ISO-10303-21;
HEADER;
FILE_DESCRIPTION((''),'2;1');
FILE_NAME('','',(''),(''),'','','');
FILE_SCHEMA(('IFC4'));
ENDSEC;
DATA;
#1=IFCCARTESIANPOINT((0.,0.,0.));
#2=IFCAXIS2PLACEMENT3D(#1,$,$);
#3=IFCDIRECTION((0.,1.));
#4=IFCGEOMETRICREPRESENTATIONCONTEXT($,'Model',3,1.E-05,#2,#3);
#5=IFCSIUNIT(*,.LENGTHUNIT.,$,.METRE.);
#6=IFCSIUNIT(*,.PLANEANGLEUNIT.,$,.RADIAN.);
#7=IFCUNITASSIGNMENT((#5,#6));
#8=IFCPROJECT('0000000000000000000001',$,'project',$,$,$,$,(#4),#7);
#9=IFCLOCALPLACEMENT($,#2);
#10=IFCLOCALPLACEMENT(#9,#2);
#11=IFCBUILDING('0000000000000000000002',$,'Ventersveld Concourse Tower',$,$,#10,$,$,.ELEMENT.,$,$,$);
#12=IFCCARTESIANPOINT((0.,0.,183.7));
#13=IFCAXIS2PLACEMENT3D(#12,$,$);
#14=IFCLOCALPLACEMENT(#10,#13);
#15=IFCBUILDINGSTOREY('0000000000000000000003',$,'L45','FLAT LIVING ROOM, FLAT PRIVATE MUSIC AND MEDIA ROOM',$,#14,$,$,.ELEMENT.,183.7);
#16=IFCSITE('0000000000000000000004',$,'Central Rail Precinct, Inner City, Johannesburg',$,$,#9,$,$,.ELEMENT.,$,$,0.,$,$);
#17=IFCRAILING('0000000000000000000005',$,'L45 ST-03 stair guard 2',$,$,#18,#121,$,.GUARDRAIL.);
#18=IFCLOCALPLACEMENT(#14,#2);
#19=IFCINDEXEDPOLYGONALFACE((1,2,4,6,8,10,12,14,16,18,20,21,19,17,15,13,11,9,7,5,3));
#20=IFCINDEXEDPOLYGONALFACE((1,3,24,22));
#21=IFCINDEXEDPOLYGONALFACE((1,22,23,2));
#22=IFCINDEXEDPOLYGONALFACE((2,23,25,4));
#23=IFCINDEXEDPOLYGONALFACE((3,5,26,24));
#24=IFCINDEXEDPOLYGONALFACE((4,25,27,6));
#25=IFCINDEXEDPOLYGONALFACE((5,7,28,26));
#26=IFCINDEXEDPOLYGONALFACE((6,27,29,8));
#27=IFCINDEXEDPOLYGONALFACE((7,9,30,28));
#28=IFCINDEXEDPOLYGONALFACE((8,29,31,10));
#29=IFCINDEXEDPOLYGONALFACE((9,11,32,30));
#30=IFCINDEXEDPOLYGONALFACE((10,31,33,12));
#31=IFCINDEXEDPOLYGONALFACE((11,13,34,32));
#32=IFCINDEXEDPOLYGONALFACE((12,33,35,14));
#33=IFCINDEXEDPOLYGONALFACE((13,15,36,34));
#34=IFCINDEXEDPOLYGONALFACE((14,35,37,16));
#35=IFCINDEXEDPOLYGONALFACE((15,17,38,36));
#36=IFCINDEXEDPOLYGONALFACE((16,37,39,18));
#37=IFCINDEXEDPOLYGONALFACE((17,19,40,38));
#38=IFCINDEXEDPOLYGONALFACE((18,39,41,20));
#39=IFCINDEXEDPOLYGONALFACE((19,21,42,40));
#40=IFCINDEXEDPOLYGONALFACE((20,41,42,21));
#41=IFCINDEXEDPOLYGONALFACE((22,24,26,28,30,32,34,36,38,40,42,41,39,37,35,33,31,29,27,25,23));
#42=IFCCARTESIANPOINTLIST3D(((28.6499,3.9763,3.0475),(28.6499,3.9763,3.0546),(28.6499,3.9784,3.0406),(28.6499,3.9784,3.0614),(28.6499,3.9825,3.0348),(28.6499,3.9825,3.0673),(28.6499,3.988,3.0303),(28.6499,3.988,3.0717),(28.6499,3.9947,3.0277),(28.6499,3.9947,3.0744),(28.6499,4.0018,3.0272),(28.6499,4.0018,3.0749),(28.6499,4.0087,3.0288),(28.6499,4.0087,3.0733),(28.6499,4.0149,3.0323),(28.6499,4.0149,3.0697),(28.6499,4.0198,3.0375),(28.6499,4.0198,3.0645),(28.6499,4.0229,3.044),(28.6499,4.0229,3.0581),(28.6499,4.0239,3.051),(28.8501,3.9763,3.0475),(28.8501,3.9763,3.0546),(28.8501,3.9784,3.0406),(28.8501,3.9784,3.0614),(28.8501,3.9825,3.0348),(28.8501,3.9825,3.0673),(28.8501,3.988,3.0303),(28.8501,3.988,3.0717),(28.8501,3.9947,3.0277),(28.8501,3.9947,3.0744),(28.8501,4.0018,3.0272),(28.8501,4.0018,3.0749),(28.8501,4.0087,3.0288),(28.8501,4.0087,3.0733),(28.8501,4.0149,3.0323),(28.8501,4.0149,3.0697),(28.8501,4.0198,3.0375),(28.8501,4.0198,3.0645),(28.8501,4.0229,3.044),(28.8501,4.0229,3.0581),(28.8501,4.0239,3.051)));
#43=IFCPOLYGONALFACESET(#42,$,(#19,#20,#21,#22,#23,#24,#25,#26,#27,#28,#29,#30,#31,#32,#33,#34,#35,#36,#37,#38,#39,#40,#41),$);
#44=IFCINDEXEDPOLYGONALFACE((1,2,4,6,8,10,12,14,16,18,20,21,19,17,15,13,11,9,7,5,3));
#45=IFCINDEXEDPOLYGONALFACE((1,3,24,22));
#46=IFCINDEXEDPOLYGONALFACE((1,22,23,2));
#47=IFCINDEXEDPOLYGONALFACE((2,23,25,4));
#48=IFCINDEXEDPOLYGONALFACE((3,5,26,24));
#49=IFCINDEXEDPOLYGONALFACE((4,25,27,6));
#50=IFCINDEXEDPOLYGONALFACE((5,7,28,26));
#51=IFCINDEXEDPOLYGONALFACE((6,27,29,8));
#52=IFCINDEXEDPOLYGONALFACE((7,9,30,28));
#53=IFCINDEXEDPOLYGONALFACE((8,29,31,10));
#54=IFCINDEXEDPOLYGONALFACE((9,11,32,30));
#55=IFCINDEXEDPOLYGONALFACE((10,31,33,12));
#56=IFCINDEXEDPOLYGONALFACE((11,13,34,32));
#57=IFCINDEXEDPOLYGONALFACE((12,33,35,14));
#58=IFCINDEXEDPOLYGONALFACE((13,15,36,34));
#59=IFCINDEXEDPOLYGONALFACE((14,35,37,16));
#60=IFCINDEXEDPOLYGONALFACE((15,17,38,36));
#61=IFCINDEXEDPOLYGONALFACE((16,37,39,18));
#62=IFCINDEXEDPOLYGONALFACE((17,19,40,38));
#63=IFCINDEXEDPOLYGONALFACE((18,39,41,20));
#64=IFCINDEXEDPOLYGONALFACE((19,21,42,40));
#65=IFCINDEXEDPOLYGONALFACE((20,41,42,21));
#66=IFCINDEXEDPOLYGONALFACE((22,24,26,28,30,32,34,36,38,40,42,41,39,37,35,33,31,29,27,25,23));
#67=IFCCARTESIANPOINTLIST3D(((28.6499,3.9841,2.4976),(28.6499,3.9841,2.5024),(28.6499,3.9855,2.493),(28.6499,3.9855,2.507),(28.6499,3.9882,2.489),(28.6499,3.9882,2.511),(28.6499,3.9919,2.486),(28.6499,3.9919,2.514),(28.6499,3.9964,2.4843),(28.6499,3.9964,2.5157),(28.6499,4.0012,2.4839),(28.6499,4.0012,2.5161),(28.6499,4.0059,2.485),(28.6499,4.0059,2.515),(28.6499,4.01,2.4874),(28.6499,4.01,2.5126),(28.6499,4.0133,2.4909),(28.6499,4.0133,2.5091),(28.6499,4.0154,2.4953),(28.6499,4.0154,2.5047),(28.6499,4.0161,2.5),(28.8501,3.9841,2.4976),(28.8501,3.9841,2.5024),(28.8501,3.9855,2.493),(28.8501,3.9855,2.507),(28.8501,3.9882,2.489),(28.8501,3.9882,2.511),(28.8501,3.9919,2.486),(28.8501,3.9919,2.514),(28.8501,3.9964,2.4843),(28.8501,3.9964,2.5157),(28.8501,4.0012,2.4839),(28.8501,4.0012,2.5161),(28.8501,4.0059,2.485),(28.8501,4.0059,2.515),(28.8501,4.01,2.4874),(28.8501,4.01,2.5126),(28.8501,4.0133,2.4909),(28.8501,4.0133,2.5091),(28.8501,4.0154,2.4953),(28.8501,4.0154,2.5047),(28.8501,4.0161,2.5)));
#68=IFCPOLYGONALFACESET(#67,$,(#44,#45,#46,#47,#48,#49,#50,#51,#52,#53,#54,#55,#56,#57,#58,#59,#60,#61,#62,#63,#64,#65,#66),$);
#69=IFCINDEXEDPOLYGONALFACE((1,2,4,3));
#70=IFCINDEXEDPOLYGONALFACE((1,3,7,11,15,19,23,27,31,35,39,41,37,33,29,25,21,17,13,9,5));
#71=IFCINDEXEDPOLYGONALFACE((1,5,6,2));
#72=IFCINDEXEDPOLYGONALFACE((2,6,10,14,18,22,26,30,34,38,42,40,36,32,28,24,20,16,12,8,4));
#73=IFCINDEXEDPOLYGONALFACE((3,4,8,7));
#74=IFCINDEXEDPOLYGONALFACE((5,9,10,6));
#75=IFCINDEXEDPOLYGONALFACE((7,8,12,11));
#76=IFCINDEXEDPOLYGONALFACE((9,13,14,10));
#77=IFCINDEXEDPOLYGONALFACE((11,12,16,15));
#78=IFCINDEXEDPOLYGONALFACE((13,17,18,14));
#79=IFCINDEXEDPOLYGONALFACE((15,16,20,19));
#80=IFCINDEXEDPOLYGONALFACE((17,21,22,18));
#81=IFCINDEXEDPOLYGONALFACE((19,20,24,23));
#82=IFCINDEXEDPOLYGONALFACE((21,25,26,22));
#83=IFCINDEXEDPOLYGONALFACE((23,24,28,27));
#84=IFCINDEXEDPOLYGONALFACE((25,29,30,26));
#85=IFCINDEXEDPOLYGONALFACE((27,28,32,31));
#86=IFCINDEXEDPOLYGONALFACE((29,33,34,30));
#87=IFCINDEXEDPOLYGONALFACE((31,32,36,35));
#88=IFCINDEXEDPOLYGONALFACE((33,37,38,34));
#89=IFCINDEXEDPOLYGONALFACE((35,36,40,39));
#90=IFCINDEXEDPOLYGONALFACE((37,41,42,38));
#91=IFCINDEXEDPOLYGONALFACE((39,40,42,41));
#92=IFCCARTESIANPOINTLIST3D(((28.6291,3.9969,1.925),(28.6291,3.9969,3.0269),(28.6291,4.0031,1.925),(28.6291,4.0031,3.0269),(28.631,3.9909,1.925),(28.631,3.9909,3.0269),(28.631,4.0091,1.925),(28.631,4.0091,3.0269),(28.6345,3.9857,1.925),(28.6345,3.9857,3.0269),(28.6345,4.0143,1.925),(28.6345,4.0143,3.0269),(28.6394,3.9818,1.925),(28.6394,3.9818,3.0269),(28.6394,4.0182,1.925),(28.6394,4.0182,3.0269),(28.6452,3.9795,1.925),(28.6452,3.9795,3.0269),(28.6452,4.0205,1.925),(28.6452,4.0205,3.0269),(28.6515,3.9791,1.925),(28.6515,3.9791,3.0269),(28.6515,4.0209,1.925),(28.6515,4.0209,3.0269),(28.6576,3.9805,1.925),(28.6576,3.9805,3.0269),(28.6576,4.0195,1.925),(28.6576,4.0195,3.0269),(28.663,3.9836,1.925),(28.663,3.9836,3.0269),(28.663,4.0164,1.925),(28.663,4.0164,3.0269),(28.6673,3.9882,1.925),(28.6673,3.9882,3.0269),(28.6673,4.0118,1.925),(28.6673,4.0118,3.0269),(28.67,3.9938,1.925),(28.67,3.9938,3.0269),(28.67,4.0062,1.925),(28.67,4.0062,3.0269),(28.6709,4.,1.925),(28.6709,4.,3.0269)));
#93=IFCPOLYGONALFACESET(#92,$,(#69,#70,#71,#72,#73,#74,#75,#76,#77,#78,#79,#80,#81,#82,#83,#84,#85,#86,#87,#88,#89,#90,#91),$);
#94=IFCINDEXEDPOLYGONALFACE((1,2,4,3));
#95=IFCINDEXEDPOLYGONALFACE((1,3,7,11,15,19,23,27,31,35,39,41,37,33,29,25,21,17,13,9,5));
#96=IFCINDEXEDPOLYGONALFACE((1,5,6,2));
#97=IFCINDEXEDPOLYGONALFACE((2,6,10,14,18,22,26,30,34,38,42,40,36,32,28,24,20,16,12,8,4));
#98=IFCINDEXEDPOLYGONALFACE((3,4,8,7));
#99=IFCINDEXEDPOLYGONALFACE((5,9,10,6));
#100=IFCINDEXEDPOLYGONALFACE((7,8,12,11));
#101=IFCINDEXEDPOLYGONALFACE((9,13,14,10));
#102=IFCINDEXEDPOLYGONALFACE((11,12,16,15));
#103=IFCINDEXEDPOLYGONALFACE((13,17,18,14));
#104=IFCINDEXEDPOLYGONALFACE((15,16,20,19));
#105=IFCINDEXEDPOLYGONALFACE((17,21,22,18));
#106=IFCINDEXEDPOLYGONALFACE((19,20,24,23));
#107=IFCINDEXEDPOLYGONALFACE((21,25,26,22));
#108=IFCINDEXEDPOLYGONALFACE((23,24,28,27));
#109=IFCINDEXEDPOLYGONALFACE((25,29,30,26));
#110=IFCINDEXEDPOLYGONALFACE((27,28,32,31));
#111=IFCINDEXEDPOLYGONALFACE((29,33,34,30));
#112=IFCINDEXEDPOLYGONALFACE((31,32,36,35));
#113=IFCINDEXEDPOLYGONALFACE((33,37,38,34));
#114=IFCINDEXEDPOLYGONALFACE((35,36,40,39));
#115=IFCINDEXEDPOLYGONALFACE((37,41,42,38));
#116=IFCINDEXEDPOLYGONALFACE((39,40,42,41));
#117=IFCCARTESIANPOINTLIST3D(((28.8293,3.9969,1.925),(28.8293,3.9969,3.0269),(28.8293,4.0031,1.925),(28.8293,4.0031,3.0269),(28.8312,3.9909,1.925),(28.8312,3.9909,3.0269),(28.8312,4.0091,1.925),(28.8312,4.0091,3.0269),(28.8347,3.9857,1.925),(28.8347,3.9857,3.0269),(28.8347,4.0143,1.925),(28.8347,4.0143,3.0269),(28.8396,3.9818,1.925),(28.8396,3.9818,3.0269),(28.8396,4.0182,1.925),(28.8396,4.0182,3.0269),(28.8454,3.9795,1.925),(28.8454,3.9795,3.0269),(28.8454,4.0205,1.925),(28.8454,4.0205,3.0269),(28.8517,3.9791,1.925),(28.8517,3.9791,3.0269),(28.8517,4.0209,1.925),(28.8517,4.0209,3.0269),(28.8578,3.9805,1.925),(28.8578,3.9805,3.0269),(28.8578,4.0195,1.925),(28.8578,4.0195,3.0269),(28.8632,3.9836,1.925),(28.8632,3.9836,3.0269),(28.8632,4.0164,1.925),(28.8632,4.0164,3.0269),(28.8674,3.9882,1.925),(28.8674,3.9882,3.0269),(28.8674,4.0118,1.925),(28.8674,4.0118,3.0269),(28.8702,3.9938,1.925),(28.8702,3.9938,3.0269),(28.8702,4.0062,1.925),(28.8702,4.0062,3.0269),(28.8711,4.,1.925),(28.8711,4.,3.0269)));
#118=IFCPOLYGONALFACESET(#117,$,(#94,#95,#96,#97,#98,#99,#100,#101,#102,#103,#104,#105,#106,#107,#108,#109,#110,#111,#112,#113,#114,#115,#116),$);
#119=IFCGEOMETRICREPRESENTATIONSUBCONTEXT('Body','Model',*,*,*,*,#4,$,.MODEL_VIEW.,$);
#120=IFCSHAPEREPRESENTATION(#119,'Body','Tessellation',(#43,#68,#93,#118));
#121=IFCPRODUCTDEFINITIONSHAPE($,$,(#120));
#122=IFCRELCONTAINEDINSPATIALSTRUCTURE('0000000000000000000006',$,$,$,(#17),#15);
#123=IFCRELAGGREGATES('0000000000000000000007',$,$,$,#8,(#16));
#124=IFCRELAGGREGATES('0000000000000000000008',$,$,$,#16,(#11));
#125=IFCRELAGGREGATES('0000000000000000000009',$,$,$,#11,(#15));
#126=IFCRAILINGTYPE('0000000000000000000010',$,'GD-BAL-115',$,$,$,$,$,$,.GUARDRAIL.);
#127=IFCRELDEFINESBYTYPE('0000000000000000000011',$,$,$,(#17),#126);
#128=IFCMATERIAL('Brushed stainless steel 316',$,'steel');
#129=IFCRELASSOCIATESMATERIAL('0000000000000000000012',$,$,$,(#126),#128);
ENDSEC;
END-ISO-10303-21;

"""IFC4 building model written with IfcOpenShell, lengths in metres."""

from ifc_helpers import new_model, si_unit, direction, frame, origin, origin_2d, place, context, subcontext, project, spatial, circle, extrude, material, type_object, element, save


model = new_model("IFC4")

# Units and contexts
model_context = context("Model", 3, precision=1e-05, world=origin(), true_north=direction((0.0, 1.0)))
body_context = subcontext(model_context, "Body", "Model", "MODEL_VIEW")
ifc_project = project(units=[si_unit("LENGTHUNIT", "METRE"), si_unit("PLANEANGLEUNIT", "RADIAN")], contexts=[model_context])

# Site, building, storey
site_placement = place(None, origin())
site = spatial("IfcSite", under=ifc_project, at=site_placement, Name="Central Rail Precinct, Inner City, Johannesburg", CompositionType="ELEMENT", RefElevation=0.0)
building_placement = place(site_placement, origin())
building = spatial("IfcBuilding", under=site, at=building_placement, Name="Ventersveld Concourse Tower", CompositionType="ELEMENT")
storey_placement = place(building_placement, frame((0.0, 0.0, 183.7)))
storey = spatial("IfcBuildingStorey", under=building, at=storey_placement, Name="L45", Description="FLAT LIVING ROOM, FLAT PRIVATE MUSIC AND MEDIA ROOM", CompositionType="ELEMENT", Elevation=183.7)

# Shared definitions
ifc_material_1 = material(Name="Brushed stainless steel 316", Category="steel")

# Railing
railing_type_1 = type_object("IfcRailingType", Name="GD-BAL-115", PredefinedType="GUARDRAIL", material=ifc_material_1)
railing_1_placement = place(storey_placement, frame((28.6499, 4.0, 1.925)))
element("IfcRailing", 1, at=railing_1_placement, inside=storey, type_object=railing_type_1, Name="L45 ST-03 stair guard 2", PredefinedType="GUARDRAIL", context=body_context, shape_type="SweptSolid", body=[
    extrude(circle(Radius=0.0239, at=origin_2d()), frame((0.0, 0.0, 1.126), z_axis=(1.0, 0.0, 0.0), x_axis=(0.0, 1.0, 0.0)), (0.0, 0.0, 1.0), 0.2002),
    extrude(circle(Radius=0.0161, at=origin_2d()), frame((0.0, 0.0, 0.575), z_axis=(1.0, 0.0, 0.0), x_axis=(0.0, 1.0, 0.0)), (0.0, 0.0, 1.0), 0.2002),
    extrude(circle(Radius=0.021, at=origin_2d()), origin(), (0.0, 0.0, 1.0), 1.1018),
    extrude(circle(Radius=0.021, at=origin_2d()), frame((0.2002, 0.0, 0.0)), (0.0, 0.0, 1.0), 1.1018),
])

save(model, "model.ifc")
